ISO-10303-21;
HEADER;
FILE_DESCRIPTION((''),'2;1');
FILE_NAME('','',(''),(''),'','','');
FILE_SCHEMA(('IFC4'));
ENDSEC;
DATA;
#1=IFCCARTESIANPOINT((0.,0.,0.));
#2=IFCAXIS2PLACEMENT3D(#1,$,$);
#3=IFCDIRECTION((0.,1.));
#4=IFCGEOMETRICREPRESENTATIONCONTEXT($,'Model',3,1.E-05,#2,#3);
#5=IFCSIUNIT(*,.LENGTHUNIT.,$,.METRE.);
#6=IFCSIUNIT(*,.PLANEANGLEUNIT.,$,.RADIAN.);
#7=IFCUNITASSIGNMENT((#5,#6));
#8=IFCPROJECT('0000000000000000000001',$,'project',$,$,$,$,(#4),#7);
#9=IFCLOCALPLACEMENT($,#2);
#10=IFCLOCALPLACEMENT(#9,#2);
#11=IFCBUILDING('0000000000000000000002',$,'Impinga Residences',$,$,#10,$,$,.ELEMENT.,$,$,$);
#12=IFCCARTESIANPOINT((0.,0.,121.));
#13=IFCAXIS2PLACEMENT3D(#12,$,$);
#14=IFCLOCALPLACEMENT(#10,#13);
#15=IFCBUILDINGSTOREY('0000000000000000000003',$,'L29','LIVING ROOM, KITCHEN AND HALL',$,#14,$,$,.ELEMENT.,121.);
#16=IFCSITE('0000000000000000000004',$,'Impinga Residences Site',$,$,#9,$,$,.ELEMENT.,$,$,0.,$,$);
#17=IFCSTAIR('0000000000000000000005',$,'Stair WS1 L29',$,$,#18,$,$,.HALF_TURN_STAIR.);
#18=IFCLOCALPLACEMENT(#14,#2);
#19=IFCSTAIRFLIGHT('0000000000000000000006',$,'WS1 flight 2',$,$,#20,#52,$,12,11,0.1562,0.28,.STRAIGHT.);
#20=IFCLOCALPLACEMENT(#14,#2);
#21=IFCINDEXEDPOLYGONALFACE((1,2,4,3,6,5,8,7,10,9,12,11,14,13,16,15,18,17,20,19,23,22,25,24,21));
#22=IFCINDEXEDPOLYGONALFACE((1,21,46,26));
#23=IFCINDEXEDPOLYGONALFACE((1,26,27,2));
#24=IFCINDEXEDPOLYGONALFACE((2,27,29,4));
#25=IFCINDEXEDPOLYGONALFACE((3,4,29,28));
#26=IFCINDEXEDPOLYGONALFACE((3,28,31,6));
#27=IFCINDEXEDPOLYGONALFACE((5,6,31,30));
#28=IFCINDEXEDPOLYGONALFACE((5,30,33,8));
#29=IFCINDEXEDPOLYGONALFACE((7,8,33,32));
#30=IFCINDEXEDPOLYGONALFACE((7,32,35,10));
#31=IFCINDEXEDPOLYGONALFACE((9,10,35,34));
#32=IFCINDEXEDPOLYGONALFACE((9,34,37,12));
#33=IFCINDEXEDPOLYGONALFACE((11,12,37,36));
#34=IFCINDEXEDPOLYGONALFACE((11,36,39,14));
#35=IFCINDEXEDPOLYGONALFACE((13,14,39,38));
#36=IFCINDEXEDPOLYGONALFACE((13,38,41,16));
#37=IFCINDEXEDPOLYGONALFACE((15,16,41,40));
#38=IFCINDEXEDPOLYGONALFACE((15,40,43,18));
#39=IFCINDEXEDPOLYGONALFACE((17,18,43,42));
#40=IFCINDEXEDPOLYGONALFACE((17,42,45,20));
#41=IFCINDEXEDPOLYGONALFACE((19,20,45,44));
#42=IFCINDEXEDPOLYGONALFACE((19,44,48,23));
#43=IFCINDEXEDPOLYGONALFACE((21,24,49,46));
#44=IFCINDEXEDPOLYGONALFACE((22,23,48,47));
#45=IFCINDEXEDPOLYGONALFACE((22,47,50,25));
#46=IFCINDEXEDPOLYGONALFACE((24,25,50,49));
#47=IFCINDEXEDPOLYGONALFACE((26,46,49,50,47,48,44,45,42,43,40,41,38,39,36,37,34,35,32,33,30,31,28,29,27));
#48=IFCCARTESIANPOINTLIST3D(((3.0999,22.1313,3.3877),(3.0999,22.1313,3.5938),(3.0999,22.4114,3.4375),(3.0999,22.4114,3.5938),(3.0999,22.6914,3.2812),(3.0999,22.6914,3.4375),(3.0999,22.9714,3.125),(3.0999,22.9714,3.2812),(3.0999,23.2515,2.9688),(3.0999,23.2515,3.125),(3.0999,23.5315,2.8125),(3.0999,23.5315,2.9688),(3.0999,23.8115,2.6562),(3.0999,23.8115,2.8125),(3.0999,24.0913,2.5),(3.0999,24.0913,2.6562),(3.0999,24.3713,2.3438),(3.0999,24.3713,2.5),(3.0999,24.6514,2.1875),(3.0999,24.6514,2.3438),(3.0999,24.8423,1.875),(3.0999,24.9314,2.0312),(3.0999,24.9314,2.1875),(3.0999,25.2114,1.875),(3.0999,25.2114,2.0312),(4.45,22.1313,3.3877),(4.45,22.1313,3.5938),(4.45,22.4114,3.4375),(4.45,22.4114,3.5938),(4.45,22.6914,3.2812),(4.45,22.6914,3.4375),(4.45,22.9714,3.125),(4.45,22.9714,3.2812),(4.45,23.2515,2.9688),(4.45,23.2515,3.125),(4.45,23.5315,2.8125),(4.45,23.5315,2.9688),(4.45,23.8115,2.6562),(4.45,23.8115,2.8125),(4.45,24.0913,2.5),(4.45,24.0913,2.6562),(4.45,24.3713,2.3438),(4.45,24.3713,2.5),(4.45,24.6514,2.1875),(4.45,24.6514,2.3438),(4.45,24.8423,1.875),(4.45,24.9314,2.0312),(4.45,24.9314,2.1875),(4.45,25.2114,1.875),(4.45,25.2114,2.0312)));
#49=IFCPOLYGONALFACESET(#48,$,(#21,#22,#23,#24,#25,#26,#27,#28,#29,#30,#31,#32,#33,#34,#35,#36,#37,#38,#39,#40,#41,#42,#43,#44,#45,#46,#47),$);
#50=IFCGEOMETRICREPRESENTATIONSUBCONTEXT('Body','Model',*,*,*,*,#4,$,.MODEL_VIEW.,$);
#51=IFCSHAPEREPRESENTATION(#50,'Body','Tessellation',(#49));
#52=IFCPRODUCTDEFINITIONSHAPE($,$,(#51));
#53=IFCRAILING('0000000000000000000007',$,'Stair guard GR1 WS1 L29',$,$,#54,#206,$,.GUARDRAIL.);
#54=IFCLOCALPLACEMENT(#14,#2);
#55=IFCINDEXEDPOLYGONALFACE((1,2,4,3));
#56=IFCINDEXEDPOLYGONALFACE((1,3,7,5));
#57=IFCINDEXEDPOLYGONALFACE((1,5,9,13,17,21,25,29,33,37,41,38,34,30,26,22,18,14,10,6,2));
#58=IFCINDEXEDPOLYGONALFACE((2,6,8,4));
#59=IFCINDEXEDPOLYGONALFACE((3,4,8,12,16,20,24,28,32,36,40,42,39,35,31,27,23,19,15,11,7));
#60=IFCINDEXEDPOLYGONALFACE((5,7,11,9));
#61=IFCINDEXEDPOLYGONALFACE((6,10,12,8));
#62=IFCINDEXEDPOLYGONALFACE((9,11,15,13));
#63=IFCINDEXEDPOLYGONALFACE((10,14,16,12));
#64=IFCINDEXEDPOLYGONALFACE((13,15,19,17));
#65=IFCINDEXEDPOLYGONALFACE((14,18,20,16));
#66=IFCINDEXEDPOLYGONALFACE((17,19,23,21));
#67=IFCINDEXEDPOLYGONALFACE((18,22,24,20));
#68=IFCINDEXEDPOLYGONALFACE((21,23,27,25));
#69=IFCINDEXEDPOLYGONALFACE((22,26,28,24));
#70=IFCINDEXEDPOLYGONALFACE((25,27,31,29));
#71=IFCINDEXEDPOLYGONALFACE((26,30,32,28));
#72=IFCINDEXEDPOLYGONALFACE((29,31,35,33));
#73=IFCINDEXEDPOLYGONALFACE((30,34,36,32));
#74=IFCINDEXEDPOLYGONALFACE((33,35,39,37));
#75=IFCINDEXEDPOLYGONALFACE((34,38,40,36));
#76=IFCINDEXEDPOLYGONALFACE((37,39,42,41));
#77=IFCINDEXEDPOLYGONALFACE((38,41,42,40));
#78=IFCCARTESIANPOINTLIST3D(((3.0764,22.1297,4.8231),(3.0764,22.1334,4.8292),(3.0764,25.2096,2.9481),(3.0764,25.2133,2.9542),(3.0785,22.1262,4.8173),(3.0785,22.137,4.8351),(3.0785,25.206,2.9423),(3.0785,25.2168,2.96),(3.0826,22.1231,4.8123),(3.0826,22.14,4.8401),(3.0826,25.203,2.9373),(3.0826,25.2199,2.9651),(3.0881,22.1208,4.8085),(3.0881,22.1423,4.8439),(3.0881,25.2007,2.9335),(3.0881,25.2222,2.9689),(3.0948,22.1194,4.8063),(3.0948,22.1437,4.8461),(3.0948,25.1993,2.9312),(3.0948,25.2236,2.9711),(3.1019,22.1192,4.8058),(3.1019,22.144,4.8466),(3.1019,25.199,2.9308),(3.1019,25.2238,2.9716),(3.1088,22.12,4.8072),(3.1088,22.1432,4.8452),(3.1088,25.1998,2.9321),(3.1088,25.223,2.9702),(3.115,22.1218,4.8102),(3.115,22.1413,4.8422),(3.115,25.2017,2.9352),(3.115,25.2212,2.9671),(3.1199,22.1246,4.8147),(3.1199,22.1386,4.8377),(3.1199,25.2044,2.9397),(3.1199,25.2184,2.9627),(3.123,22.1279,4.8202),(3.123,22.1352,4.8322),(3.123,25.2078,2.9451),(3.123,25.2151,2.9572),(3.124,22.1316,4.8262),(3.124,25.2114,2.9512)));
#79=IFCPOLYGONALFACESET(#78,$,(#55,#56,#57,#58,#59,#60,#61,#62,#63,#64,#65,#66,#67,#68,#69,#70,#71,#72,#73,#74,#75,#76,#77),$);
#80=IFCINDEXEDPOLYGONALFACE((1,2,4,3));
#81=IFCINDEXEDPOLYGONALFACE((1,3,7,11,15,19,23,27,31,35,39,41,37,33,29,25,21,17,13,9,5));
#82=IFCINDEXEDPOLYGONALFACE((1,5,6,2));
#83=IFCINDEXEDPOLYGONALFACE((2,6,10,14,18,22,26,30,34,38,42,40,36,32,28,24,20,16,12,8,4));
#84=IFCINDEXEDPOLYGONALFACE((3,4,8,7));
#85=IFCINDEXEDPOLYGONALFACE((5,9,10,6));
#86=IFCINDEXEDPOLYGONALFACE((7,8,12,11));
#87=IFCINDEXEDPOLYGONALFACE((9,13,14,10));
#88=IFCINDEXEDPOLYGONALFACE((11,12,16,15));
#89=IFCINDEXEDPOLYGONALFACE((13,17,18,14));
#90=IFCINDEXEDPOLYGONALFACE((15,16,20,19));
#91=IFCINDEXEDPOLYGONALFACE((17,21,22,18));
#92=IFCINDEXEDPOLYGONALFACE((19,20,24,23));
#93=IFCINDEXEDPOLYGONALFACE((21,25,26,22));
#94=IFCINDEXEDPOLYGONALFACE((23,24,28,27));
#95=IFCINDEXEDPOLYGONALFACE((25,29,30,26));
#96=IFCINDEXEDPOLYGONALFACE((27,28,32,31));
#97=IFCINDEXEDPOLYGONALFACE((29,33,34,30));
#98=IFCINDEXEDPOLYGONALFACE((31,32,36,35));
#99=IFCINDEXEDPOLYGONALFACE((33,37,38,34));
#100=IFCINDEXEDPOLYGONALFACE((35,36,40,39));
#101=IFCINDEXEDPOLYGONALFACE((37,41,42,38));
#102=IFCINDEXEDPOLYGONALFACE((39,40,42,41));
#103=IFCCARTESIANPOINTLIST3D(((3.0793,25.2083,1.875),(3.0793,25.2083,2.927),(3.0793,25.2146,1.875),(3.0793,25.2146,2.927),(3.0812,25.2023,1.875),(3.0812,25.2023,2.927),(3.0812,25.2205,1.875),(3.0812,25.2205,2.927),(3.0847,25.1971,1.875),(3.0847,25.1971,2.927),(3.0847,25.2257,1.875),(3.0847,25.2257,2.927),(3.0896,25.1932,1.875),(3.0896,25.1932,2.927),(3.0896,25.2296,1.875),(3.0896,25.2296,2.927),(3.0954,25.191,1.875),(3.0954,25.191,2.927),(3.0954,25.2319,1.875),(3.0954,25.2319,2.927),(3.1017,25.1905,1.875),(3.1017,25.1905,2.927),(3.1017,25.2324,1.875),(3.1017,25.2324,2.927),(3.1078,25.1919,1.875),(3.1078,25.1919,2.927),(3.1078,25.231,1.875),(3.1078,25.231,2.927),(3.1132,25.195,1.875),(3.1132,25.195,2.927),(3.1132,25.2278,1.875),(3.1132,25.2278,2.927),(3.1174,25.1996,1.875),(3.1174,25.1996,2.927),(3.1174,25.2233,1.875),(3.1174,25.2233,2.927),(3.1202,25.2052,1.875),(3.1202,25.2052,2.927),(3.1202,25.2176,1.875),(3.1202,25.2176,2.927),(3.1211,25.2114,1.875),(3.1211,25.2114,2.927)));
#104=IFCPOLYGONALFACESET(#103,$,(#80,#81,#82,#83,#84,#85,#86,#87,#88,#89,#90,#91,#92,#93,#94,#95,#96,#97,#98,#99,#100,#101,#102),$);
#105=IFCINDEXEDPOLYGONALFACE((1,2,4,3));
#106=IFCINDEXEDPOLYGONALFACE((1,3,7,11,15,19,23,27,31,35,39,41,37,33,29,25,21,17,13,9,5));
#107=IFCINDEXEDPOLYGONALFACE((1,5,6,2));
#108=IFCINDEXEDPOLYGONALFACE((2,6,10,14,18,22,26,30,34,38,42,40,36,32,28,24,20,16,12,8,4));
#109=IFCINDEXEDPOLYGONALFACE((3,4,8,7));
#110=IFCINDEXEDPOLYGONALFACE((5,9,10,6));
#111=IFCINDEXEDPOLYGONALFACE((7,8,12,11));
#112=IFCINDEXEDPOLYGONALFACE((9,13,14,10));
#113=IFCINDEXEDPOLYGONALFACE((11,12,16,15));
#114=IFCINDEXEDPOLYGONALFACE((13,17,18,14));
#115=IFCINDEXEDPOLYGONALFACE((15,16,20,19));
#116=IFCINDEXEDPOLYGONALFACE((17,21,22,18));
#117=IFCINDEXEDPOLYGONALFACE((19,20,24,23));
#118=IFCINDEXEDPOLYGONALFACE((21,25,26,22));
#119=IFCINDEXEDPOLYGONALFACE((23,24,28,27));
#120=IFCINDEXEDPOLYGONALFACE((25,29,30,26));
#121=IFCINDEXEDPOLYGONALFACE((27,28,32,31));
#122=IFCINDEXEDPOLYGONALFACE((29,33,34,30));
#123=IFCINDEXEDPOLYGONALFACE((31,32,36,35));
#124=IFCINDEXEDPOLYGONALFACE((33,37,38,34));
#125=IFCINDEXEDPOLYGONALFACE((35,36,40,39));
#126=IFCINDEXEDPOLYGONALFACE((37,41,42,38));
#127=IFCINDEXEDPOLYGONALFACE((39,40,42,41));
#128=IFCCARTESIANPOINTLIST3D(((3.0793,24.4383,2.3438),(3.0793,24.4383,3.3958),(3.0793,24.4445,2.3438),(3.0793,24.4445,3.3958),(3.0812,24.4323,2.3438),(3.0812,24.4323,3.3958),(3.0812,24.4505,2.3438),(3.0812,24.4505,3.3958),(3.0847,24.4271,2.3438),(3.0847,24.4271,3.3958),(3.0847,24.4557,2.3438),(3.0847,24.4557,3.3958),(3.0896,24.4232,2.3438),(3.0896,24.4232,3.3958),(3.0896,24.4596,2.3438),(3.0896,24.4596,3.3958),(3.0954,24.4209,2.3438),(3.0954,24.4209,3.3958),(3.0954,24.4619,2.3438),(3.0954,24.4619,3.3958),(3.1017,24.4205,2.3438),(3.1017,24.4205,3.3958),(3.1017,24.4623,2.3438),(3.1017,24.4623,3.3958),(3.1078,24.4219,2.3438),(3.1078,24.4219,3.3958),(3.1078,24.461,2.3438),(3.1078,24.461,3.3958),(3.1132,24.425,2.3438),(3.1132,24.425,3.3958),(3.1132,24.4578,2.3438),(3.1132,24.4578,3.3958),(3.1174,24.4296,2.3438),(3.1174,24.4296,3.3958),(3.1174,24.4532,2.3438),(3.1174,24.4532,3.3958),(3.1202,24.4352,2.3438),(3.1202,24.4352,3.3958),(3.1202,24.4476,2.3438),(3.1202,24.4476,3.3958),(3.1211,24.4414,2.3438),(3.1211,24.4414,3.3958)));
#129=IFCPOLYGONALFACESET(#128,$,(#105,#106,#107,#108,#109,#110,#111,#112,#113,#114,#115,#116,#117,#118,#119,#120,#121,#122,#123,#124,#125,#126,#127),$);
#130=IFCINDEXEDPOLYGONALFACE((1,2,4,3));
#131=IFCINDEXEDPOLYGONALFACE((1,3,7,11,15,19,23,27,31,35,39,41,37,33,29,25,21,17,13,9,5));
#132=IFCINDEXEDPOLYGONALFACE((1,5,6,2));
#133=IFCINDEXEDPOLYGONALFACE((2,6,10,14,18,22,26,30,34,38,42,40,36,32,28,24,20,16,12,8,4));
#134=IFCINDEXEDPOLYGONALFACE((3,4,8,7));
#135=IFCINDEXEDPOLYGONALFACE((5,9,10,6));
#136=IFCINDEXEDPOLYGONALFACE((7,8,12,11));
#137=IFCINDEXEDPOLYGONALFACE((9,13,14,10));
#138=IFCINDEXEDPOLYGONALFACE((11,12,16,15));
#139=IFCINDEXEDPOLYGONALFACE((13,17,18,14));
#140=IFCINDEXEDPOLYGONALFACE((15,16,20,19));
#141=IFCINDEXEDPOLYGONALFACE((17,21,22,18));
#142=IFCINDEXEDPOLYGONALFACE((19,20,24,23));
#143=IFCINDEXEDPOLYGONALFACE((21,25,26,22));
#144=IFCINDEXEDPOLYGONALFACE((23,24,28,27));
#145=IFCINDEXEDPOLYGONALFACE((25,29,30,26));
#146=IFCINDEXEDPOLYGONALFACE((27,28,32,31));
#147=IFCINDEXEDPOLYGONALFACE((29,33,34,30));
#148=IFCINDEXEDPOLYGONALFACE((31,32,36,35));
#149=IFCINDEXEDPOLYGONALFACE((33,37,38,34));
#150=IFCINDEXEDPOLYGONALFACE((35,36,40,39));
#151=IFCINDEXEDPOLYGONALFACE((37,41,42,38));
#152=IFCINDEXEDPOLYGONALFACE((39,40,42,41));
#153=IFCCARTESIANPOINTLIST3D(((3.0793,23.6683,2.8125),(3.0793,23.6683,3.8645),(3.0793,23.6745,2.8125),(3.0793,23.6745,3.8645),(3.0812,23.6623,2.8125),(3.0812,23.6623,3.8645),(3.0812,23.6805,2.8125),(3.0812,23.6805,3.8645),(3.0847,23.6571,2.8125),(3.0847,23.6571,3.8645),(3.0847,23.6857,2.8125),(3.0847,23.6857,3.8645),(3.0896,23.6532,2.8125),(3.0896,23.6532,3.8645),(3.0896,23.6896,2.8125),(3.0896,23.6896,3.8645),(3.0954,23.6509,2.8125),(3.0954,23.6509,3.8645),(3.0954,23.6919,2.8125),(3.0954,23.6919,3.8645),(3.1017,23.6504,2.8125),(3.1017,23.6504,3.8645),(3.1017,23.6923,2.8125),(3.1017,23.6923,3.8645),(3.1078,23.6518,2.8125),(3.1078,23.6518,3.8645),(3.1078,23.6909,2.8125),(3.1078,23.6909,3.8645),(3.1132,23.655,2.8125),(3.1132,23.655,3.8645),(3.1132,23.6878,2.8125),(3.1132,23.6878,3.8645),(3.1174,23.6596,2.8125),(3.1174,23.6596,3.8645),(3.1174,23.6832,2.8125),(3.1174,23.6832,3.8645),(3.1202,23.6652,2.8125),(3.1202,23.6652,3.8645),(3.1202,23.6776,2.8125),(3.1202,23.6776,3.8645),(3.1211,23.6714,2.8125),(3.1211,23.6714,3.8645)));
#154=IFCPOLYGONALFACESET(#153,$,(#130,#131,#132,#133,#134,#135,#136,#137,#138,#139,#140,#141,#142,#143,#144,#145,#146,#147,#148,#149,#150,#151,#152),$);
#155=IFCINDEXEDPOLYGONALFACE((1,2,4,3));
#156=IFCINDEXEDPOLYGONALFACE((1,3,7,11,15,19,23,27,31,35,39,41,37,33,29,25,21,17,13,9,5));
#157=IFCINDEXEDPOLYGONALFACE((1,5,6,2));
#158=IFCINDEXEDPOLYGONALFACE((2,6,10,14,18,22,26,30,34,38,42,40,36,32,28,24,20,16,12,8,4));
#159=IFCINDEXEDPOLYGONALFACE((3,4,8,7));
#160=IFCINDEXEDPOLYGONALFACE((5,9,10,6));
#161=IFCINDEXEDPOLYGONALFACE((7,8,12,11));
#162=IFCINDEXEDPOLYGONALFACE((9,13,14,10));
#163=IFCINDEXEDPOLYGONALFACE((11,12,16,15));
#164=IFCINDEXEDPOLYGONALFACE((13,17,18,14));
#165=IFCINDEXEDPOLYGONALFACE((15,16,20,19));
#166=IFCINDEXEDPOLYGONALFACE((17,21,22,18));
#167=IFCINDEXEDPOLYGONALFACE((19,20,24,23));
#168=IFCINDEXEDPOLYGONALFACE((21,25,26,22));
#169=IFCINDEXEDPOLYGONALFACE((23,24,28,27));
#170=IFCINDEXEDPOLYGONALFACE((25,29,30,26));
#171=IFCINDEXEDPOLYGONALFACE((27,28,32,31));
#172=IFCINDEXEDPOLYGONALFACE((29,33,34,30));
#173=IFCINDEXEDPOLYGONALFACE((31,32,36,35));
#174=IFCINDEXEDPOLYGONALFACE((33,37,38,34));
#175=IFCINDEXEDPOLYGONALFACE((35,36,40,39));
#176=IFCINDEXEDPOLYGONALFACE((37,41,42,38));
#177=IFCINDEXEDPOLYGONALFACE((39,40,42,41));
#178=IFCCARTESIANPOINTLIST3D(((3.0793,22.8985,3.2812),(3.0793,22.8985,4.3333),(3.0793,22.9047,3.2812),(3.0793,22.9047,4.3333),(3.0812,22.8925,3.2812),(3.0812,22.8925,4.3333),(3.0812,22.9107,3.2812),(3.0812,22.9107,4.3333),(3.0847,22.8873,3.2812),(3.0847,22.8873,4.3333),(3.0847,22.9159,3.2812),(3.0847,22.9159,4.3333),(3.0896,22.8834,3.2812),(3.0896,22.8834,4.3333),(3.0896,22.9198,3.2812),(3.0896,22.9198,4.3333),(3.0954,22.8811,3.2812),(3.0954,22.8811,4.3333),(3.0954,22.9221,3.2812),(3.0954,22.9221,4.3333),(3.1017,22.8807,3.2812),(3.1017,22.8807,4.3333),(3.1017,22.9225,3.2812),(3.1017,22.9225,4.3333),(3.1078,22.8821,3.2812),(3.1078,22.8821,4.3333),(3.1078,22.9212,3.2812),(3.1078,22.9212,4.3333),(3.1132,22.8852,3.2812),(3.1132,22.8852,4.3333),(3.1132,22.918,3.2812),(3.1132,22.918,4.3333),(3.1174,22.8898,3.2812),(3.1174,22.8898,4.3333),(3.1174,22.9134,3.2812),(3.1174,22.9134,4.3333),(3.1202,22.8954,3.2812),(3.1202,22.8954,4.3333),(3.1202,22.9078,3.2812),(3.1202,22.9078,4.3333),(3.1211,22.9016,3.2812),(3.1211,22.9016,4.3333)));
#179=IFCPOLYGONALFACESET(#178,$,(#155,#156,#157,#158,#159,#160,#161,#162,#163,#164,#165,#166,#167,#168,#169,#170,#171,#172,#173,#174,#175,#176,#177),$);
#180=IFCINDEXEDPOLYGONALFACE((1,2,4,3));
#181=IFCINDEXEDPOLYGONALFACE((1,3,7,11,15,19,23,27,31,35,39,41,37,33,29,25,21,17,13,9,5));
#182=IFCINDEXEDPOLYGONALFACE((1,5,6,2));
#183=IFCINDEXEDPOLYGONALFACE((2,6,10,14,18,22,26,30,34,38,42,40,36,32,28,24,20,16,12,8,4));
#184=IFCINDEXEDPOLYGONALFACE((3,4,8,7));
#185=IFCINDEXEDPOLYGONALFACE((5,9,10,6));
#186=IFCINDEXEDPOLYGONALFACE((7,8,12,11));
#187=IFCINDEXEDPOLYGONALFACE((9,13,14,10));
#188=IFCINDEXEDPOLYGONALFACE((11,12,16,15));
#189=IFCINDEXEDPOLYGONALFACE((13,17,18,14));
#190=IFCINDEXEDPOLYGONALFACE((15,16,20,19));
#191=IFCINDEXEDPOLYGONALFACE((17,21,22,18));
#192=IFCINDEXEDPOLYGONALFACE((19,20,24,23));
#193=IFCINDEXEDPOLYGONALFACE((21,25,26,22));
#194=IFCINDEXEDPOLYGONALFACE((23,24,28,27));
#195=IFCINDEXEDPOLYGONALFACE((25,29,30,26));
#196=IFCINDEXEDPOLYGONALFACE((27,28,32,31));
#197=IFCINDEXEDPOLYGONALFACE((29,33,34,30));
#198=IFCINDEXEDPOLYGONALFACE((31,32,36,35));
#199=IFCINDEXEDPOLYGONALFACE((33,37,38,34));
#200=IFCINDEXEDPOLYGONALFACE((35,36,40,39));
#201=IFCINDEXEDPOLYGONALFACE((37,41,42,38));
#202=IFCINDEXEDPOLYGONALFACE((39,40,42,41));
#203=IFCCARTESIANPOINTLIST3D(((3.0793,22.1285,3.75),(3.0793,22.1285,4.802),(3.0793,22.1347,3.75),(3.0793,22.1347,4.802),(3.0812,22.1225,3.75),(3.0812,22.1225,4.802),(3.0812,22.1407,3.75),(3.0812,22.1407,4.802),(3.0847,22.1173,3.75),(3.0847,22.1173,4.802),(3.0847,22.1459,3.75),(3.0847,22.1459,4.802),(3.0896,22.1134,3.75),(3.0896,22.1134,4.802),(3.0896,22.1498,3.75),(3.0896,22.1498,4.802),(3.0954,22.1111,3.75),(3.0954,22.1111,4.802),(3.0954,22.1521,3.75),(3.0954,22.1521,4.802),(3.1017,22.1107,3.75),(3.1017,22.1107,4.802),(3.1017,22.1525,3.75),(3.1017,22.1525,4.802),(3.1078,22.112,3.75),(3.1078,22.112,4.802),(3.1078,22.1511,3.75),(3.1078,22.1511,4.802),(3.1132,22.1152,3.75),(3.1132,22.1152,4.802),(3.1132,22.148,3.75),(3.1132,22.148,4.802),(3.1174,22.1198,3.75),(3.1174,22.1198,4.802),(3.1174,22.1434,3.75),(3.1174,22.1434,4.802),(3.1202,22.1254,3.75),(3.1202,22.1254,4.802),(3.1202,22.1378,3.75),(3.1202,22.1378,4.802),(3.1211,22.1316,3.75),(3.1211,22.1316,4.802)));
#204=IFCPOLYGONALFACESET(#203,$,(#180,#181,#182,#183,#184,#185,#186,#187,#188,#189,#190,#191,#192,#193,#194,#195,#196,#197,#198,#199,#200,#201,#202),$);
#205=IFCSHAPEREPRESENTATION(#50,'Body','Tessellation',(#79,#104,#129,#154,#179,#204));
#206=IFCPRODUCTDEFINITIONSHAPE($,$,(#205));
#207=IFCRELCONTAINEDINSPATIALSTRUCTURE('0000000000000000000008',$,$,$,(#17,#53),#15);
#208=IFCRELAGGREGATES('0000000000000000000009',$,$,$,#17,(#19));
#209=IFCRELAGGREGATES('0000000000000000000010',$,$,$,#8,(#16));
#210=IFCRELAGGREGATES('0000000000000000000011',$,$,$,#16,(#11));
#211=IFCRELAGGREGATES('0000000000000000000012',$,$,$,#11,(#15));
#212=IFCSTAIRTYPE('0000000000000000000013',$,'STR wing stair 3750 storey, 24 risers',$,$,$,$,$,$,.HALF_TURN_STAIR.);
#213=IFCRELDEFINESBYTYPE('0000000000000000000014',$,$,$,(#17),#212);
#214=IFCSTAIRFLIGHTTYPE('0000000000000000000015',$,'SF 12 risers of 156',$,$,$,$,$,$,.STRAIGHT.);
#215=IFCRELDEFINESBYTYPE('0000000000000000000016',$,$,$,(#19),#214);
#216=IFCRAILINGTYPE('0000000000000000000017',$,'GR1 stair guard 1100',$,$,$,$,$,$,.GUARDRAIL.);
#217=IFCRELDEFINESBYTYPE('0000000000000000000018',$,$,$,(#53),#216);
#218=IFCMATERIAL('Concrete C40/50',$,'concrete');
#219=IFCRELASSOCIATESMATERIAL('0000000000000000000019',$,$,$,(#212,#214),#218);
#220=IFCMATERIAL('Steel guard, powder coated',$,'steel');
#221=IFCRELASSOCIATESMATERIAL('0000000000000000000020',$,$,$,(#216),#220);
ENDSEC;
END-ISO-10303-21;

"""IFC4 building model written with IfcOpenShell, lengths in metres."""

from ifc_helpers import new_model, si_unit, direction, frame, origin, origin_2d, place, context, subcontext, project, spatial, polyline, circle, outline, extrude, material, type_object, element, aggregate, save


model = new_model("IFC4")

# Units and contexts
model_context = context("Model", 3, precision=1e-05, world=origin(), true_north=direction((0.0, 1.0)))
body_context = subcontext(model_context, "Body", "Model", "MODEL_VIEW")
ifc_project = project(units=[si_unit("LENGTHUNIT", "METRE"), si_unit("PLANEANGLEUNIT", "RADIAN")], contexts=[model_context])

# Site, building, storey
site_placement = place(None, origin())
site = spatial("IfcSite", under=ifc_project, at=site_placement, Name="Impinga Residences Site", CompositionType="ELEMENT", RefElevation=0.0)
building_placement = place(site_placement, origin())
building = spatial("IfcBuilding", under=site, at=building_placement, Name="Impinga Residences", CompositionType="ELEMENT")
storey_placement = place(building_placement, frame((0.0, 0.0, 121.0)))
storey = spatial("IfcBuildingStorey", under=building, at=storey_placement, Name="L29", Description="LIVING ROOM, KITCHEN AND HALL", CompositionType="ELEMENT", Elevation=121.0)

# Stair, stair flight
ifc_material_1 = material(Name="Concrete C40/50", Category="concrete")
stair_type = type_object("IfcStairType", Name="STR wing stair 3750 storey, 24 risers", PredefinedType="HALF_TURN_STAIR", material=ifc_material_1)
stair_placement = place(storey_placement, origin())
stair = element("IfcStair", 1, at=stair_placement, inside=storey, type_object=stair_type, Name="Stair WS1 L29", PredefinedType="HALF_TURN_STAIR")
stair_flight_type = type_object("IfcStairFlightType", Name="SF 12 risers of 156", PredefinedType="STRAIGHT", material=ifc_material_1)
stair_flight_placement = place(storey_placement, frame((3.7749, 25.2114, 1.875), z_axis=(0.0, 0.0, 1.0), x_axis=(0.0, -1.0, 0.0)))
stair_flight = element("IfcStairFlight", 2, at=stair_flight_placement, type_object=stair_flight_type, Name="WS1 flight 2", NumberOfRisers=12, NumberOfTreads=11, PredefinedType="STRAIGHT", RiserHeight=0.1562, TreadLength=0.28, context=body_context, shape_type="SweptSolid", body=[
    extrude(outline(polyline([(0.0, 0.0), (0.0, 0.1562), (0.28, 0.1562), (0.28, 0.3125), (0.5601, 0.3125), (0.5601, 0.4688), (0.8401, 0.4688), (0.8401, 0.625), (1.1201, 0.625), (1.1201, 0.7812), (1.3999, 0.7812), (1.3999, 0.9375), (1.6799, 0.9375), (1.6799, 1.0938), (1.96, 1.0938), (1.96, 1.25), (2.24, 1.25), (2.24, 1.4062), (2.52, 1.4062), (2.52, 1.5625), (2.8, 1.5625), (2.8, 1.7188), (3.0801, 1.7188), (3.0801, 1.875), (3.0801, 1.5127), (0.3691, 0.0), (0.0, 0.0)])), frame((0.0, 0.675, 0.0), z_axis=(0.0, -1.0, 0.0), x_axis=(1.0, 0.0, 0.0)), (0.0, 0.0, 1.0), 1.3501),
])
aggregate(stair, [stair_flight])

# Railing
ifc_material_2 = material(Name="Steel guard, powder coated", Category="steel")
railing_type_1 = type_object("IfcRailingType", Name="GR1 stair guard 1100", PredefinedType="GUARDRAIL", material=ifc_material_2)
railing_1_placement = place(storey_placement, frame((3.1001, 25.2114, 1.875)))
element("IfcRailing", 3, at=railing_1_placement, inside=storey, type_object=railing_type_1, Name="Stair guard GR1 WS1 L29", PredefinedType="GUARDRAIL", context=body_context, shape_type="SweptSolid", body=[
    extrude(circle(Radius=0.0239, at=origin_2d()), frame((0.0, 0.0, 1.0762), z_axis=(0.0, -0.854159, 0.520011), x_axis=(1.0, 0.0, 0.0)), (0.0, 0.0, 1.0), 3.6057),
    extrude(circle(Radius=0.021, at=origin_2d()), origin(), (0.0, 0.0, 1.0), 1.052),
    extrude(circle(Radius=0.021, at=origin_2d()), frame((0.0, -0.77, 0.4688)), (0.0, 0.0, 1.0), 1.052),
    extrude(circle(Radius=0.021, at=origin_2d()), frame((0.0, -1.54, 0.9375)), (0.0, 0.0, 1.0), 1.052),
    extrude(circle(Radius=0.021, at=origin_2d()), frame((0.0, -2.3098, 1.4062)), (0.0, 0.0, 1.0), 1.052),
    extrude(circle(Radius=0.021, at=origin_2d()), frame((0.0, -3.0798, 1.875)), (0.0, 0.0, 1.0), 1.052),
])

save(model, "model.ifc")
